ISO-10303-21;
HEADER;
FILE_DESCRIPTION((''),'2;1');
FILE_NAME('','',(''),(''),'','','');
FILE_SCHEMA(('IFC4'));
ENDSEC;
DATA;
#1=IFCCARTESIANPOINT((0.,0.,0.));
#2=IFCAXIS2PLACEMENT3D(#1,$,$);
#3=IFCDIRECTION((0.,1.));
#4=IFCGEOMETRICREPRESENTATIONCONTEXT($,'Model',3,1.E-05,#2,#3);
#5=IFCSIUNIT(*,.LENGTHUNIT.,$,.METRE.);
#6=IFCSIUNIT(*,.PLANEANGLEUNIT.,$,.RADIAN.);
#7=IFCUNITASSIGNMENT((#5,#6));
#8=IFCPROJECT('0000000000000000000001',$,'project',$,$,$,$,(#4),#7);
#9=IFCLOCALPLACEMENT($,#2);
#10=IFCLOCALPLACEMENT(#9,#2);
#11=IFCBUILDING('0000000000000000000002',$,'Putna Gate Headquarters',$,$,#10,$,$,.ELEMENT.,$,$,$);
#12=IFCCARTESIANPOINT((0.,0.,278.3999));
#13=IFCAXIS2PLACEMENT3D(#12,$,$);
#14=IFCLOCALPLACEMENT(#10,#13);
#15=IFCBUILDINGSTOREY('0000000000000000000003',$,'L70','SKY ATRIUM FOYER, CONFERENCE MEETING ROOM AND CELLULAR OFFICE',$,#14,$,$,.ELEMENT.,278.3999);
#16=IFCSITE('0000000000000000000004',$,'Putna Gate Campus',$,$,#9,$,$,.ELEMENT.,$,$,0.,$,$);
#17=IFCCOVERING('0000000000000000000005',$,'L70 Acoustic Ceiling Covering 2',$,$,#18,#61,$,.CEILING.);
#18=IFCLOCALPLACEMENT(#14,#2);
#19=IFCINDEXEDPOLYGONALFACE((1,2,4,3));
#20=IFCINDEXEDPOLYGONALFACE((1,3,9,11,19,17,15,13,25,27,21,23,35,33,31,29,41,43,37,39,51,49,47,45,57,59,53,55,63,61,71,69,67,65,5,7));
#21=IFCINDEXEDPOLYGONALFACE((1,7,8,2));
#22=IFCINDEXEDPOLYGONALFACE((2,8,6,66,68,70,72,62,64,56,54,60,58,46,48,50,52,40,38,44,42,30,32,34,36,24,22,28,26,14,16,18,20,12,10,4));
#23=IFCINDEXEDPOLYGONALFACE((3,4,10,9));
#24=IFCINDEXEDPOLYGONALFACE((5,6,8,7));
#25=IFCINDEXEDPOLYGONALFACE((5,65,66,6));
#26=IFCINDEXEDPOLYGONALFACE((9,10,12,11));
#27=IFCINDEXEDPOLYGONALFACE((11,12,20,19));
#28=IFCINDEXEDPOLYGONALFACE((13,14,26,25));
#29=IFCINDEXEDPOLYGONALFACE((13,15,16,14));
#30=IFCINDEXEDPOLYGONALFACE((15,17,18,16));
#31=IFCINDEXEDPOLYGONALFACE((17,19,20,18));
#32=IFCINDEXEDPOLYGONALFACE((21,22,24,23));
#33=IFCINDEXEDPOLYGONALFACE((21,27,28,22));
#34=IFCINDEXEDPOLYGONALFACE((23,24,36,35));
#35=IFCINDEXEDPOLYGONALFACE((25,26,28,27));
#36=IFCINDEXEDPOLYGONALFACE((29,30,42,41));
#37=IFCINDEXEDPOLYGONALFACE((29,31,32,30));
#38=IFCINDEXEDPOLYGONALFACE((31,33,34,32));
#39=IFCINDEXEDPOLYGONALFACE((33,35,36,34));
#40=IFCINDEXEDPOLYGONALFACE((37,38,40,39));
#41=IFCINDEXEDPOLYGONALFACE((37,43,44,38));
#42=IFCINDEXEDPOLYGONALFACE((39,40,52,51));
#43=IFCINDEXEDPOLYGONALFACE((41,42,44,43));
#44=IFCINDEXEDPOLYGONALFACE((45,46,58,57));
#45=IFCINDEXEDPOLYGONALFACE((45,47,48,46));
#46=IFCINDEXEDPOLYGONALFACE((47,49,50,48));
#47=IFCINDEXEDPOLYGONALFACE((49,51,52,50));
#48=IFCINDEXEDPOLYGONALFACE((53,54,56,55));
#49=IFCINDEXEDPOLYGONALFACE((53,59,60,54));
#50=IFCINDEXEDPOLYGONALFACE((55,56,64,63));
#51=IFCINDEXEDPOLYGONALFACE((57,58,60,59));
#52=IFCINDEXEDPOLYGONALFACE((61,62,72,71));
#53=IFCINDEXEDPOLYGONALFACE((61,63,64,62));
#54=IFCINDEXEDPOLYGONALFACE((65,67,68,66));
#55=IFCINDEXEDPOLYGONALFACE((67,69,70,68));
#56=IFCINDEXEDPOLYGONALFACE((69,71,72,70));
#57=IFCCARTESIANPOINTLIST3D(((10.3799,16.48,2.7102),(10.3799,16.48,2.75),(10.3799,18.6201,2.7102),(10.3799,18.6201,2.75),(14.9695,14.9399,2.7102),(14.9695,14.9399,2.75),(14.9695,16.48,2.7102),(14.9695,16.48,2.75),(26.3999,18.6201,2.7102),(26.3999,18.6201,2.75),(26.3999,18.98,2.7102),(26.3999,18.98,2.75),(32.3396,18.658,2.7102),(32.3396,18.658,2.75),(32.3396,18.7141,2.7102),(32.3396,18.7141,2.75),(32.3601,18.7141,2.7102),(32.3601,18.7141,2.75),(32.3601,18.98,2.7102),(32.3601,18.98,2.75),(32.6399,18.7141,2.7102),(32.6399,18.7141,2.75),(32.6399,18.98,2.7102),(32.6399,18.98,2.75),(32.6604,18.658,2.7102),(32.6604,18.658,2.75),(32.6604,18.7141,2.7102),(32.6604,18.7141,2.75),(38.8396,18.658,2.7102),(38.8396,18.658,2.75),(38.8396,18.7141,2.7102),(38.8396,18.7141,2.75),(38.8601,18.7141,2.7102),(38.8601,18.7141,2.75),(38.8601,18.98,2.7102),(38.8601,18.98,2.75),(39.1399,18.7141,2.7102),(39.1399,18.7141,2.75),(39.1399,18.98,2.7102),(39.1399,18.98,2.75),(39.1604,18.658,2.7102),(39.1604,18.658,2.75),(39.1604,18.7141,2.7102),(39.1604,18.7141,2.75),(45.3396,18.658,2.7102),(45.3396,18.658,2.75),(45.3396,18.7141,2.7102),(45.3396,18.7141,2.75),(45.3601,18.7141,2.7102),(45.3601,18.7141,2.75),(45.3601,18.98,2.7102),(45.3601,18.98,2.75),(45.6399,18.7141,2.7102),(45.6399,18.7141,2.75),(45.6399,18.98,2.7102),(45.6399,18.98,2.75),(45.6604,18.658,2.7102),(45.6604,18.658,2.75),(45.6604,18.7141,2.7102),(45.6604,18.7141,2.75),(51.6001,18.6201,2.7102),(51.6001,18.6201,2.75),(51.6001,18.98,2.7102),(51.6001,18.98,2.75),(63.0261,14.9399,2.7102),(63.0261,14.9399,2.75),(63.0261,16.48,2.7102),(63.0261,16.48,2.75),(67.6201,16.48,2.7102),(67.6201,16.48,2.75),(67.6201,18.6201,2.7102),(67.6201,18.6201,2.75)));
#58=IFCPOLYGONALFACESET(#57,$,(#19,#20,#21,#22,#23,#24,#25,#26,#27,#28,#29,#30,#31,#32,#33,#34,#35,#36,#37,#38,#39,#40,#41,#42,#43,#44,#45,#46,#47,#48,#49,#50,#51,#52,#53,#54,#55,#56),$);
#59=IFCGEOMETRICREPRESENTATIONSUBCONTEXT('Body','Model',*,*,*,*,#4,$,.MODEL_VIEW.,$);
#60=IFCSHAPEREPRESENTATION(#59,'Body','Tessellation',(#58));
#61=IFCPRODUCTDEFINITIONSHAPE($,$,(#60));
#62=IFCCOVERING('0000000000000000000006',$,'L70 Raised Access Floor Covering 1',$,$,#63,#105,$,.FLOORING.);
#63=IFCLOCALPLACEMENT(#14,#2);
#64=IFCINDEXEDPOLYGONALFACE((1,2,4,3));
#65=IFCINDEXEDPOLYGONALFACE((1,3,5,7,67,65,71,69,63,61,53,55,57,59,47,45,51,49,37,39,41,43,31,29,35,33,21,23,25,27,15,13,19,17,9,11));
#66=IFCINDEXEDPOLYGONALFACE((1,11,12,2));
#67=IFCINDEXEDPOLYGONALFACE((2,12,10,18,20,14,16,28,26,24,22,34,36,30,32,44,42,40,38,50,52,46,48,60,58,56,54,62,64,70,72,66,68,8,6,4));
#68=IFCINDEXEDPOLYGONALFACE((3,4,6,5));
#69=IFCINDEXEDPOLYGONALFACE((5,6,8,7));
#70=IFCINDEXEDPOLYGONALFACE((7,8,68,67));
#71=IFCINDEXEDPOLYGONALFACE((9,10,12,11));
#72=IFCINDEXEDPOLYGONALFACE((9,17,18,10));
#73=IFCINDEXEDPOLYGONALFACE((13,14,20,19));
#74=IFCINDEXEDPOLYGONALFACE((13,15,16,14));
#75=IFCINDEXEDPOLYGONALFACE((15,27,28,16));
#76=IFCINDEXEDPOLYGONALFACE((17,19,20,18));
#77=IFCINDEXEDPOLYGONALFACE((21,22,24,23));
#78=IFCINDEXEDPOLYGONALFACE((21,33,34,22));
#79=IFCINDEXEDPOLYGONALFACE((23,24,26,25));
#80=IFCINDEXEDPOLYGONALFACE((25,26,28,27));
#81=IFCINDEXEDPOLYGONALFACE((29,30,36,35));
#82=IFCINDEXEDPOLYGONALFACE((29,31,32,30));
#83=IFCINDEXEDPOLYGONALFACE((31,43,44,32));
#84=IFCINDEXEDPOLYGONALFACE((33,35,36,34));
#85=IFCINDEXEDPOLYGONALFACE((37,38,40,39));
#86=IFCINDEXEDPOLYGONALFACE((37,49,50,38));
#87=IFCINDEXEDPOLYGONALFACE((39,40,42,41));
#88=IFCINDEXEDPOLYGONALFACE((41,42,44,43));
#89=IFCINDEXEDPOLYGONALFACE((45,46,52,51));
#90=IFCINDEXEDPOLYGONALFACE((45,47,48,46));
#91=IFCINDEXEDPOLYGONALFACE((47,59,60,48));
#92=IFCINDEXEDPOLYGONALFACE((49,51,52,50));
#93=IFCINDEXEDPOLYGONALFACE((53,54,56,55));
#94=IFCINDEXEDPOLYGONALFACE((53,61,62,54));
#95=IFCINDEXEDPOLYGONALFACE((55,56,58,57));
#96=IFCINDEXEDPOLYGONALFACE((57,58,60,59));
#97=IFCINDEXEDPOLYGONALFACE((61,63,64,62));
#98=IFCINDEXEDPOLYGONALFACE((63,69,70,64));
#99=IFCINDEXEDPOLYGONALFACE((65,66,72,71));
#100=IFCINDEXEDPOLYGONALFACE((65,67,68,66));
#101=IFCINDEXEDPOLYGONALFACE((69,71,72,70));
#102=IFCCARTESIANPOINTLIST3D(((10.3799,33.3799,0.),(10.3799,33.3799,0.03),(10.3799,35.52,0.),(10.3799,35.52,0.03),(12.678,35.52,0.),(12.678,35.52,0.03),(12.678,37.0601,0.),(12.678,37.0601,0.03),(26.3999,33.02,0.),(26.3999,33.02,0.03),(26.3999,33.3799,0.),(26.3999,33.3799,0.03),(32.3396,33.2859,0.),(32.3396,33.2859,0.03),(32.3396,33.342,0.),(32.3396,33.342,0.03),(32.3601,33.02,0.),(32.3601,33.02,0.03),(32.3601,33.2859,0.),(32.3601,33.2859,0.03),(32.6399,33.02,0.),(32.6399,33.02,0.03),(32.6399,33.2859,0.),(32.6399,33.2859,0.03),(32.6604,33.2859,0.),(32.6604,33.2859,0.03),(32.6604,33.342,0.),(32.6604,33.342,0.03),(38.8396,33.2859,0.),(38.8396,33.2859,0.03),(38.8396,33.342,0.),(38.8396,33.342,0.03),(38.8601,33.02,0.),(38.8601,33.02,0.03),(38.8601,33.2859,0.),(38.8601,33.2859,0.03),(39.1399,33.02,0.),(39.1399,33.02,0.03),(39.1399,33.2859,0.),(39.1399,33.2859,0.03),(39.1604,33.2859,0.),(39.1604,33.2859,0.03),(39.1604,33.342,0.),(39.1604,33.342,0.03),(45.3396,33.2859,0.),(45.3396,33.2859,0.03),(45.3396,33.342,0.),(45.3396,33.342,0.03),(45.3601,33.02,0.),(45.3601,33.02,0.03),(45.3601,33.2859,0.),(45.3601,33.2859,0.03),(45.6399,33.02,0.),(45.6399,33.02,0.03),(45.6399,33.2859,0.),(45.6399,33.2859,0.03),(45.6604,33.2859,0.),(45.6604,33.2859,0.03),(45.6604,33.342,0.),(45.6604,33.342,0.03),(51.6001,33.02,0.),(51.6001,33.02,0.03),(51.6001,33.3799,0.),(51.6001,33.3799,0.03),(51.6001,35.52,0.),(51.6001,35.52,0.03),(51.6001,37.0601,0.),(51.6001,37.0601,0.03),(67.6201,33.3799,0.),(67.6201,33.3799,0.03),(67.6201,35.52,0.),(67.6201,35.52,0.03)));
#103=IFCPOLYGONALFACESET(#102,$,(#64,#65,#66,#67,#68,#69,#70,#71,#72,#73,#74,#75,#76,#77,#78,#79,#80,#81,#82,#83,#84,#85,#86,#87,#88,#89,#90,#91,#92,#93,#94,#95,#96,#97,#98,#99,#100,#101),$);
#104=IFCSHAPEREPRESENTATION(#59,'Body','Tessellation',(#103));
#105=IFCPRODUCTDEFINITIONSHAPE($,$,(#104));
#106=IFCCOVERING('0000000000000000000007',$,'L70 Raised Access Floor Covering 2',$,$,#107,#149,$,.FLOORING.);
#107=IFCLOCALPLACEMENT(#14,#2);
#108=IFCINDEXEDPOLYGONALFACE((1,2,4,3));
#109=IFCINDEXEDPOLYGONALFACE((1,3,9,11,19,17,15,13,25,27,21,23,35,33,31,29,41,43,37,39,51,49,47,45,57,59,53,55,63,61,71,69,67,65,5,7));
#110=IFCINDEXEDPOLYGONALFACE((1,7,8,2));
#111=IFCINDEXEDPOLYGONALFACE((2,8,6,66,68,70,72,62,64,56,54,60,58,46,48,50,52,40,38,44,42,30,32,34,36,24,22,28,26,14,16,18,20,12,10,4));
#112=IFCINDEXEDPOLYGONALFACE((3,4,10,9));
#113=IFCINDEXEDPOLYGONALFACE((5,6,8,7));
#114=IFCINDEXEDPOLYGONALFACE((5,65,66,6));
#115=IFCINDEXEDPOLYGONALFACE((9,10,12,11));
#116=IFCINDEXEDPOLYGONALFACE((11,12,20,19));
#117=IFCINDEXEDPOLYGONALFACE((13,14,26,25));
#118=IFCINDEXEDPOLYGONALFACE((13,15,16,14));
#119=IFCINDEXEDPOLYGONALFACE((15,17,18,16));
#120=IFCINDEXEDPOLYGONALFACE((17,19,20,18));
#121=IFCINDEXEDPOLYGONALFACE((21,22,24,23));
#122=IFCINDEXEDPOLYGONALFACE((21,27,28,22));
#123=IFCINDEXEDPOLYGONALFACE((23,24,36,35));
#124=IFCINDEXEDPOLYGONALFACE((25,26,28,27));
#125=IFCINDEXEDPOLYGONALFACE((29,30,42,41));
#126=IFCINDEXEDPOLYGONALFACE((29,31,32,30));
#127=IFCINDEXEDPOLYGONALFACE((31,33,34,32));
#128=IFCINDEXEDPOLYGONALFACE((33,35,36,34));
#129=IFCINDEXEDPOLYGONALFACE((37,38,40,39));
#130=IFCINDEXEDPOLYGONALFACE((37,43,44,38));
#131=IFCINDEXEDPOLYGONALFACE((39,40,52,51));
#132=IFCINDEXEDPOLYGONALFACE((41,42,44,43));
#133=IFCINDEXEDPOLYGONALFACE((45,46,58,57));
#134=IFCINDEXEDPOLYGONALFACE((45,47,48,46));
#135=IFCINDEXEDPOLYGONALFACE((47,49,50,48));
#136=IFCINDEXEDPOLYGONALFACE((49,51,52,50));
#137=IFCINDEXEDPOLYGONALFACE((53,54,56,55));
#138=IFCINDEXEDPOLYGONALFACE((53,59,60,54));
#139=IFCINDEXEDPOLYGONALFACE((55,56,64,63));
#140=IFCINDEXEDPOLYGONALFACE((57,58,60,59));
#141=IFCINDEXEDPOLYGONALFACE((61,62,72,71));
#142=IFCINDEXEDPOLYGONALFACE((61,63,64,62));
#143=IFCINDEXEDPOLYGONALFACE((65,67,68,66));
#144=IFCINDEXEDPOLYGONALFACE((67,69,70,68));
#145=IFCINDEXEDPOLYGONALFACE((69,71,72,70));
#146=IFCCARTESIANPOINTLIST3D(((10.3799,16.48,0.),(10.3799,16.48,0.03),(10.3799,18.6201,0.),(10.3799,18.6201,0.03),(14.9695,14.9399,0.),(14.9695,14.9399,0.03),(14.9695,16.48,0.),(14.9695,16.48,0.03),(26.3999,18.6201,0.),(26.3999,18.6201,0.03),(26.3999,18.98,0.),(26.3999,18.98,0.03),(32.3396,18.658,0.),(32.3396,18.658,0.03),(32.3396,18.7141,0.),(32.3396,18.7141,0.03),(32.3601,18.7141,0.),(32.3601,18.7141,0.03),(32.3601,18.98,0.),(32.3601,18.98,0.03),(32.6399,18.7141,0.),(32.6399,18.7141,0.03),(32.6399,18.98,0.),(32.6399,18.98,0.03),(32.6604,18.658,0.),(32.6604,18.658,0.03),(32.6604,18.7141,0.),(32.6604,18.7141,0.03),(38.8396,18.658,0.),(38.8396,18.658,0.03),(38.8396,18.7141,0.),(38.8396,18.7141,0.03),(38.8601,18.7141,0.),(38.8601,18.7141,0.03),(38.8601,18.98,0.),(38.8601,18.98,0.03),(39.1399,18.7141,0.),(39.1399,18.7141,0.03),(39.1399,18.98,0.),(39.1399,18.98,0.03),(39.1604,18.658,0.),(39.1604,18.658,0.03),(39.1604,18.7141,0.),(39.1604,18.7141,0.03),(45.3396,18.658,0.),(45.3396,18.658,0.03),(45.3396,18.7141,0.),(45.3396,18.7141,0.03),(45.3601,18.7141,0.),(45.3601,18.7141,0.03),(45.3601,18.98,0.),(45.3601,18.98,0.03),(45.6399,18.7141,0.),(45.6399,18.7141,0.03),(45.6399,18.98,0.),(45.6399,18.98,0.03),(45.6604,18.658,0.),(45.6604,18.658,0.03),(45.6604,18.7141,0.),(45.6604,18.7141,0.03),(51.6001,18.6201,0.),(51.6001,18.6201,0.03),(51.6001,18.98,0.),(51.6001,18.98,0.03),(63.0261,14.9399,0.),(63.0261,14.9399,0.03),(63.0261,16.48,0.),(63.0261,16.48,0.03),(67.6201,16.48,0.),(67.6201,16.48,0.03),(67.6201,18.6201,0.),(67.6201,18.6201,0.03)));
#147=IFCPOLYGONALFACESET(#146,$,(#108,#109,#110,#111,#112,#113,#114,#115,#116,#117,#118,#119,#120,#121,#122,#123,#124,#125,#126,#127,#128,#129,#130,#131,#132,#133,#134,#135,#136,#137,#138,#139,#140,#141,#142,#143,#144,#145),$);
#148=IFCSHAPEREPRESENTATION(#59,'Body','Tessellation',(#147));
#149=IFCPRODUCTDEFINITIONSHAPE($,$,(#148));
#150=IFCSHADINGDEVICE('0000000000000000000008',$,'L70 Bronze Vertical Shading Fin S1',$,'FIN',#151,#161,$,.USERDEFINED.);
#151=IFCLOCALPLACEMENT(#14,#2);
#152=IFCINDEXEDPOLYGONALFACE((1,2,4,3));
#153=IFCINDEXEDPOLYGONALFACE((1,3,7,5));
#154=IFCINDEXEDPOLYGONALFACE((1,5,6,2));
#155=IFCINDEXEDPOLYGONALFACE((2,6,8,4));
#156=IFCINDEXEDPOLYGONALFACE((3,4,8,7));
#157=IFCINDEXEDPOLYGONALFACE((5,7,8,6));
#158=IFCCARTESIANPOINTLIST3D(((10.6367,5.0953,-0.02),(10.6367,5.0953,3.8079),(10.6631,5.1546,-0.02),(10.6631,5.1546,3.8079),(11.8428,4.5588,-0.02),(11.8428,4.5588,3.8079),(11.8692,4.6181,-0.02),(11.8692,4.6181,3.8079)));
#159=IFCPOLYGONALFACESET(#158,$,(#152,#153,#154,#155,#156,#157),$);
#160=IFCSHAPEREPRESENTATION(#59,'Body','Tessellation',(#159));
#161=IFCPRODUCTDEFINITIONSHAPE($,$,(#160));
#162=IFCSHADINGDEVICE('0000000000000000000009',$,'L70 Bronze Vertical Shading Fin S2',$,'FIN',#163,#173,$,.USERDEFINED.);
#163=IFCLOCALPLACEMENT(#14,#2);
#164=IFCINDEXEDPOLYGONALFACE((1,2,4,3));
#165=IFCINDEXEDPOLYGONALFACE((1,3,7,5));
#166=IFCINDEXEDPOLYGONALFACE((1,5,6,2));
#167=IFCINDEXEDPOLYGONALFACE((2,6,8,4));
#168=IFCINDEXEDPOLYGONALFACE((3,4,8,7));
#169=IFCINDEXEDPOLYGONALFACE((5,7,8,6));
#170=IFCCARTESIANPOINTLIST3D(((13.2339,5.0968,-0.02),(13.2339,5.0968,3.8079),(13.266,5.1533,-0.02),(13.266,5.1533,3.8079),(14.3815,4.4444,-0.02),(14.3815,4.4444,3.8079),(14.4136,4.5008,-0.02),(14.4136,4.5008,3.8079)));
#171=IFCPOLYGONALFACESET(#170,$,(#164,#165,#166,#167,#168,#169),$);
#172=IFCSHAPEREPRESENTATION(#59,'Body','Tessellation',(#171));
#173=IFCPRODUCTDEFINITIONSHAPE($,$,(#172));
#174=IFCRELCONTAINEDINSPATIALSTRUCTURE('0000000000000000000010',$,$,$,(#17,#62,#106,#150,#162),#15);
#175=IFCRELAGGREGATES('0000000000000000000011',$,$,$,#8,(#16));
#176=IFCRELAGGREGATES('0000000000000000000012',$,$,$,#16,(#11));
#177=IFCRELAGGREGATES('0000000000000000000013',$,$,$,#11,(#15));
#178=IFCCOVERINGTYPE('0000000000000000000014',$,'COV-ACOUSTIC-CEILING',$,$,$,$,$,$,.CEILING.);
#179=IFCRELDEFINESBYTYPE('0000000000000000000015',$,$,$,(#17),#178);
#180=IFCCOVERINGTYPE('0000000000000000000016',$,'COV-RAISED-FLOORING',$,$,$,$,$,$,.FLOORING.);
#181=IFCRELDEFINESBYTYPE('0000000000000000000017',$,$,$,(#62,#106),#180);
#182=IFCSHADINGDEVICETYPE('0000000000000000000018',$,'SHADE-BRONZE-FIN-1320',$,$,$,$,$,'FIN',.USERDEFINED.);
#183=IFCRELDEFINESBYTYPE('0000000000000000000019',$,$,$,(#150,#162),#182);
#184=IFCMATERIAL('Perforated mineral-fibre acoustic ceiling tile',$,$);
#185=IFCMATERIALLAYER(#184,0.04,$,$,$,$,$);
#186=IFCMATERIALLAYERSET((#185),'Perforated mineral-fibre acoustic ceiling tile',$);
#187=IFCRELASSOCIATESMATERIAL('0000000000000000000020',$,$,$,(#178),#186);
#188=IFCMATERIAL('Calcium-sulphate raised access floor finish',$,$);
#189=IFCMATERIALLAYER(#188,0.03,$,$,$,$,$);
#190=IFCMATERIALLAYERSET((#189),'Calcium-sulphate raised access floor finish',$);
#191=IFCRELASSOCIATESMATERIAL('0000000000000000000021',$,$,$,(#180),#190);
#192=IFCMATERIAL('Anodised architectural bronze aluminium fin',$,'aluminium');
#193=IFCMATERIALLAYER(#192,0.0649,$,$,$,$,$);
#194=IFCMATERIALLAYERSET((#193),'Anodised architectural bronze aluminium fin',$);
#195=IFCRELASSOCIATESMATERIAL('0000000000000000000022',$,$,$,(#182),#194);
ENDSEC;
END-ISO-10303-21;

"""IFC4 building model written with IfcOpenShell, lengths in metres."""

from ifc_helpers import new_model, si_unit, direction, frame, origin, origin_2d, place, context, subcontext, project, spatial, polyline, rectangle, outline, extrude, material, layer, layer_set, type_object, element, save


model = new_model("IFC4")

# Units and contexts
model_context = context("Model", 3, precision=1e-05, world=origin(), true_north=direction((0.0, 1.0)))
body_context = subcontext(model_context, "Body", "Model", "MODEL_VIEW")
ifc_project = project(units=[si_unit("LENGTHUNIT", "METRE"), si_unit("PLANEANGLEUNIT", "RADIAN")], contexts=[model_context])

# Site, building, storey
site_placement = place(None, origin())
site = spatial("IfcSite", under=ifc_project, at=site_placement, Name="Putna Gate Campus", CompositionType="ELEMENT", RefElevation=0.0)
building_placement = place(site_placement, origin())
building = spatial("IfcBuilding", under=site, at=building_placement, Name="Putna Gate Headquarters", CompositionType="ELEMENT")
storey_placement = place(building_placement, frame((0.0, 0.0, 278.3999)))
storey = spatial("IfcBuildingStorey", under=building, at=storey_placement, Name="L70", Description="SKY ATRIUM FOYER, CONFERENCE MEETING ROOM AND CELLULAR OFFICE", CompositionType="ELEMENT", Elevation=278.3999)

# Coverings
ifc_material_1 = material(Name="Perforated mineral-fibre acoustic ceiling tile")
ifc_layer_1 = layer(ifc_material_1, 0.04)
ifc_layer_set_1 = layer_set([ifc_layer_1], Name="Perforated mineral-fibre acoustic ceiling tile")
covering_type_1 = type_object("IfcCoveringType", Name="COV-ACOUSTIC-CEILING", PredefinedType="CEILING", material=ifc_layer_set_1)
covering_1_placement = place(storey_placement, frame((0.0, 0.0, 2.7102)))
element("IfcCovering", 1, at=covering_1_placement, inside=storey, type_object=covering_type_1, Name="L70 Acoustic Ceiling Covering 2", PredefinedType="CEILING", context=body_context, shape_type="SweptSolid", body=[
    extrude(outline(polyline([(14.9695, 16.48), (14.9695, 14.9399), (63.0261, 14.9399), (63.0261, 16.48), (67.6201, 16.48), (67.6201, 18.6201), (51.6001, 18.6201), (51.6001, 18.98), (45.6399, 18.98), (45.6399, 18.7141), (45.6604, 18.7141), (45.6604, 18.658), (45.3396, 18.658), (45.3396, 18.7141), (45.3601, 18.7141), (45.3601, 18.98), (39.1399, 18.98), (39.1399, 18.7141), (39.1604, 18.7141), (39.1604, 18.658), (38.8396, 18.658), (38.8396, 18.7141), (38.8601, 18.7141), (38.8601, 18.98), (32.6399, 18.98), (32.6399, 18.7141), (32.6604, 18.7141), (32.6604, 18.658), (32.3396, 18.658), (32.3396, 18.7141), (32.3601, 18.7141), (32.3601, 18.98), (26.3999, 18.98), (26.3999, 18.6201), (10.3799, 18.6201), (10.3799, 16.48), (14.9695, 16.48)])), origin(), (0.0, 0.0, 1.0), 0.0398),
])
ifc_material_2 = material(Name="Calcium-sulphate raised access floor finish")
ifc_layer_2 = layer(ifc_material_2, 0.03)
ifc_layer_set_2 = layer_set([ifc_layer_2], Name="Calcium-sulphate raised access floor finish")
covering_type_2 = type_object("IfcCoveringType", Name="COV-RAISED-FLOORING", PredefinedType="FLOORING", material=ifc_layer_set_2)
covering_2_placement = place(storey_placement, origin())
element("IfcCovering", 2, at=covering_2_placement, inside=storey, type_object=covering_type_2, Name="L70 Raised Access Floor Covering 1", PredefinedType="FLOORING", context=body_context, shape_type="SweptSolid", body=[
    extrude(outline(polyline([(45.3601, 33.2859), (45.3396, 33.2859), (45.3396, 33.342), (45.6604, 33.342), (45.6604, 33.2859), (45.6399, 33.2859), (45.6399, 33.02), (51.6001, 33.02), (51.6001, 33.3799), (67.6201, 33.3799), (67.6201, 35.52), (51.6001, 35.52), (51.6001, 37.0601), (12.678, 37.0601), (12.678, 35.52), (10.3799, 35.52), (10.3799, 33.3799), (26.3999, 33.3799), (26.3999, 33.02), (32.3601, 33.02), (32.3601, 33.2859), (32.3396, 33.2859), (32.3396, 33.342), (32.6604, 33.342), (32.6604, 33.2859), (32.6399, 33.2859), (32.6399, 33.02), (38.8601, 33.02), (38.8601, 33.2859), (38.8396, 33.2859), (38.8396, 33.342), (39.1604, 33.342), (39.1604, 33.2859), (39.1399, 33.2859), (39.1399, 33.02), (45.3601, 33.02), (45.3601, 33.2859)])), origin(), (0.0, 0.0, 1.0), 0.03),
])
covering_3_placement = place(storey_placement, origin())
element("IfcCovering", 3, at=covering_3_placement, inside=storey, type_object=covering_type_2, Name="L70 Raised Access Floor Covering 2", PredefinedType="FLOORING", context=body_context, shape_type="SweptSolid", body=[
    extrude(outline(polyline([(14.9695, 16.48), (14.9695, 14.9399), (63.0261, 14.9399), (63.0261, 16.48), (67.6201, 16.48), (67.6201, 18.6201), (51.6001, 18.6201), (51.6001, 18.98), (45.6399, 18.98), (45.6399, 18.7141), (45.6604, 18.7141), (45.6604, 18.658), (45.3396, 18.658), (45.3396, 18.7141), (45.3601, 18.7141), (45.3601, 18.98), (39.1399, 18.98), (39.1399, 18.7141), (39.1604, 18.7141), (39.1604, 18.658), (38.8396, 18.658), (38.8396, 18.7141), (38.8601, 18.7141), (38.8601, 18.98), (32.6399, 18.98), (32.6399, 18.7141), (32.6604, 18.7141), (32.6604, 18.658), (32.3396, 18.658), (32.3396, 18.7141), (32.3601, 18.7141), (32.3601, 18.98), (26.3999, 18.98), (26.3999, 18.6201), (10.3799, 18.6201), (10.3799, 16.48), (14.9695, 16.48)])), origin(), (0.0, 0.0, 1.0), 0.03),
])

# Shading devices
ifc_material_3 = material(Name="Anodised architectural bronze aluminium fin", Category="aluminium")
ifc_layer_3 = layer(ifc_material_3, 0.0649)
ifc_layer_set_3 = layer_set([ifc_layer_3], Name="Anodised architectural bronze aluminium fin")
shading_device_type_1 = type_object("IfcShadingDeviceType", Name="SHADE-BRONZE-FIN-1320", ElementType="FIN", PredefinedType="USERDEFINED", material=ifc_layer_set_3)
for number, where, z_axis, x_axis, name in (
    (4, (11.2529, 4.8567, -0.02), (0.0, 0.0, 1.0), (0.913687, -0.406418, 0.0), "L70 Bronze Vertical Shading Fin S1"),
    (5, (13.8237, 4.7988, -0.02), (0.0, 0.0, 1.0), (0.869322, -0.494245, 0.0), "L70 Bronze Vertical Shading Fin S2"),
):
    element("IfcShadingDevice", number, at=place(storey_placement, frame(where, z_axis=z_axis, x_axis=x_axis)), inside=storey, type_object=shading_device_type_1, Name=name, ObjectType="FIN", PredefinedType="USERDEFINED", context=body_context, shape_type="SweptSolid", body=[
        extrude(rectangle(XDim=1.3201, YDim=0.0649, at=origin_2d()), origin(), (0.0, 0.0, 1.0), 3.8279),
    ])

save(model, "model.ifc")
